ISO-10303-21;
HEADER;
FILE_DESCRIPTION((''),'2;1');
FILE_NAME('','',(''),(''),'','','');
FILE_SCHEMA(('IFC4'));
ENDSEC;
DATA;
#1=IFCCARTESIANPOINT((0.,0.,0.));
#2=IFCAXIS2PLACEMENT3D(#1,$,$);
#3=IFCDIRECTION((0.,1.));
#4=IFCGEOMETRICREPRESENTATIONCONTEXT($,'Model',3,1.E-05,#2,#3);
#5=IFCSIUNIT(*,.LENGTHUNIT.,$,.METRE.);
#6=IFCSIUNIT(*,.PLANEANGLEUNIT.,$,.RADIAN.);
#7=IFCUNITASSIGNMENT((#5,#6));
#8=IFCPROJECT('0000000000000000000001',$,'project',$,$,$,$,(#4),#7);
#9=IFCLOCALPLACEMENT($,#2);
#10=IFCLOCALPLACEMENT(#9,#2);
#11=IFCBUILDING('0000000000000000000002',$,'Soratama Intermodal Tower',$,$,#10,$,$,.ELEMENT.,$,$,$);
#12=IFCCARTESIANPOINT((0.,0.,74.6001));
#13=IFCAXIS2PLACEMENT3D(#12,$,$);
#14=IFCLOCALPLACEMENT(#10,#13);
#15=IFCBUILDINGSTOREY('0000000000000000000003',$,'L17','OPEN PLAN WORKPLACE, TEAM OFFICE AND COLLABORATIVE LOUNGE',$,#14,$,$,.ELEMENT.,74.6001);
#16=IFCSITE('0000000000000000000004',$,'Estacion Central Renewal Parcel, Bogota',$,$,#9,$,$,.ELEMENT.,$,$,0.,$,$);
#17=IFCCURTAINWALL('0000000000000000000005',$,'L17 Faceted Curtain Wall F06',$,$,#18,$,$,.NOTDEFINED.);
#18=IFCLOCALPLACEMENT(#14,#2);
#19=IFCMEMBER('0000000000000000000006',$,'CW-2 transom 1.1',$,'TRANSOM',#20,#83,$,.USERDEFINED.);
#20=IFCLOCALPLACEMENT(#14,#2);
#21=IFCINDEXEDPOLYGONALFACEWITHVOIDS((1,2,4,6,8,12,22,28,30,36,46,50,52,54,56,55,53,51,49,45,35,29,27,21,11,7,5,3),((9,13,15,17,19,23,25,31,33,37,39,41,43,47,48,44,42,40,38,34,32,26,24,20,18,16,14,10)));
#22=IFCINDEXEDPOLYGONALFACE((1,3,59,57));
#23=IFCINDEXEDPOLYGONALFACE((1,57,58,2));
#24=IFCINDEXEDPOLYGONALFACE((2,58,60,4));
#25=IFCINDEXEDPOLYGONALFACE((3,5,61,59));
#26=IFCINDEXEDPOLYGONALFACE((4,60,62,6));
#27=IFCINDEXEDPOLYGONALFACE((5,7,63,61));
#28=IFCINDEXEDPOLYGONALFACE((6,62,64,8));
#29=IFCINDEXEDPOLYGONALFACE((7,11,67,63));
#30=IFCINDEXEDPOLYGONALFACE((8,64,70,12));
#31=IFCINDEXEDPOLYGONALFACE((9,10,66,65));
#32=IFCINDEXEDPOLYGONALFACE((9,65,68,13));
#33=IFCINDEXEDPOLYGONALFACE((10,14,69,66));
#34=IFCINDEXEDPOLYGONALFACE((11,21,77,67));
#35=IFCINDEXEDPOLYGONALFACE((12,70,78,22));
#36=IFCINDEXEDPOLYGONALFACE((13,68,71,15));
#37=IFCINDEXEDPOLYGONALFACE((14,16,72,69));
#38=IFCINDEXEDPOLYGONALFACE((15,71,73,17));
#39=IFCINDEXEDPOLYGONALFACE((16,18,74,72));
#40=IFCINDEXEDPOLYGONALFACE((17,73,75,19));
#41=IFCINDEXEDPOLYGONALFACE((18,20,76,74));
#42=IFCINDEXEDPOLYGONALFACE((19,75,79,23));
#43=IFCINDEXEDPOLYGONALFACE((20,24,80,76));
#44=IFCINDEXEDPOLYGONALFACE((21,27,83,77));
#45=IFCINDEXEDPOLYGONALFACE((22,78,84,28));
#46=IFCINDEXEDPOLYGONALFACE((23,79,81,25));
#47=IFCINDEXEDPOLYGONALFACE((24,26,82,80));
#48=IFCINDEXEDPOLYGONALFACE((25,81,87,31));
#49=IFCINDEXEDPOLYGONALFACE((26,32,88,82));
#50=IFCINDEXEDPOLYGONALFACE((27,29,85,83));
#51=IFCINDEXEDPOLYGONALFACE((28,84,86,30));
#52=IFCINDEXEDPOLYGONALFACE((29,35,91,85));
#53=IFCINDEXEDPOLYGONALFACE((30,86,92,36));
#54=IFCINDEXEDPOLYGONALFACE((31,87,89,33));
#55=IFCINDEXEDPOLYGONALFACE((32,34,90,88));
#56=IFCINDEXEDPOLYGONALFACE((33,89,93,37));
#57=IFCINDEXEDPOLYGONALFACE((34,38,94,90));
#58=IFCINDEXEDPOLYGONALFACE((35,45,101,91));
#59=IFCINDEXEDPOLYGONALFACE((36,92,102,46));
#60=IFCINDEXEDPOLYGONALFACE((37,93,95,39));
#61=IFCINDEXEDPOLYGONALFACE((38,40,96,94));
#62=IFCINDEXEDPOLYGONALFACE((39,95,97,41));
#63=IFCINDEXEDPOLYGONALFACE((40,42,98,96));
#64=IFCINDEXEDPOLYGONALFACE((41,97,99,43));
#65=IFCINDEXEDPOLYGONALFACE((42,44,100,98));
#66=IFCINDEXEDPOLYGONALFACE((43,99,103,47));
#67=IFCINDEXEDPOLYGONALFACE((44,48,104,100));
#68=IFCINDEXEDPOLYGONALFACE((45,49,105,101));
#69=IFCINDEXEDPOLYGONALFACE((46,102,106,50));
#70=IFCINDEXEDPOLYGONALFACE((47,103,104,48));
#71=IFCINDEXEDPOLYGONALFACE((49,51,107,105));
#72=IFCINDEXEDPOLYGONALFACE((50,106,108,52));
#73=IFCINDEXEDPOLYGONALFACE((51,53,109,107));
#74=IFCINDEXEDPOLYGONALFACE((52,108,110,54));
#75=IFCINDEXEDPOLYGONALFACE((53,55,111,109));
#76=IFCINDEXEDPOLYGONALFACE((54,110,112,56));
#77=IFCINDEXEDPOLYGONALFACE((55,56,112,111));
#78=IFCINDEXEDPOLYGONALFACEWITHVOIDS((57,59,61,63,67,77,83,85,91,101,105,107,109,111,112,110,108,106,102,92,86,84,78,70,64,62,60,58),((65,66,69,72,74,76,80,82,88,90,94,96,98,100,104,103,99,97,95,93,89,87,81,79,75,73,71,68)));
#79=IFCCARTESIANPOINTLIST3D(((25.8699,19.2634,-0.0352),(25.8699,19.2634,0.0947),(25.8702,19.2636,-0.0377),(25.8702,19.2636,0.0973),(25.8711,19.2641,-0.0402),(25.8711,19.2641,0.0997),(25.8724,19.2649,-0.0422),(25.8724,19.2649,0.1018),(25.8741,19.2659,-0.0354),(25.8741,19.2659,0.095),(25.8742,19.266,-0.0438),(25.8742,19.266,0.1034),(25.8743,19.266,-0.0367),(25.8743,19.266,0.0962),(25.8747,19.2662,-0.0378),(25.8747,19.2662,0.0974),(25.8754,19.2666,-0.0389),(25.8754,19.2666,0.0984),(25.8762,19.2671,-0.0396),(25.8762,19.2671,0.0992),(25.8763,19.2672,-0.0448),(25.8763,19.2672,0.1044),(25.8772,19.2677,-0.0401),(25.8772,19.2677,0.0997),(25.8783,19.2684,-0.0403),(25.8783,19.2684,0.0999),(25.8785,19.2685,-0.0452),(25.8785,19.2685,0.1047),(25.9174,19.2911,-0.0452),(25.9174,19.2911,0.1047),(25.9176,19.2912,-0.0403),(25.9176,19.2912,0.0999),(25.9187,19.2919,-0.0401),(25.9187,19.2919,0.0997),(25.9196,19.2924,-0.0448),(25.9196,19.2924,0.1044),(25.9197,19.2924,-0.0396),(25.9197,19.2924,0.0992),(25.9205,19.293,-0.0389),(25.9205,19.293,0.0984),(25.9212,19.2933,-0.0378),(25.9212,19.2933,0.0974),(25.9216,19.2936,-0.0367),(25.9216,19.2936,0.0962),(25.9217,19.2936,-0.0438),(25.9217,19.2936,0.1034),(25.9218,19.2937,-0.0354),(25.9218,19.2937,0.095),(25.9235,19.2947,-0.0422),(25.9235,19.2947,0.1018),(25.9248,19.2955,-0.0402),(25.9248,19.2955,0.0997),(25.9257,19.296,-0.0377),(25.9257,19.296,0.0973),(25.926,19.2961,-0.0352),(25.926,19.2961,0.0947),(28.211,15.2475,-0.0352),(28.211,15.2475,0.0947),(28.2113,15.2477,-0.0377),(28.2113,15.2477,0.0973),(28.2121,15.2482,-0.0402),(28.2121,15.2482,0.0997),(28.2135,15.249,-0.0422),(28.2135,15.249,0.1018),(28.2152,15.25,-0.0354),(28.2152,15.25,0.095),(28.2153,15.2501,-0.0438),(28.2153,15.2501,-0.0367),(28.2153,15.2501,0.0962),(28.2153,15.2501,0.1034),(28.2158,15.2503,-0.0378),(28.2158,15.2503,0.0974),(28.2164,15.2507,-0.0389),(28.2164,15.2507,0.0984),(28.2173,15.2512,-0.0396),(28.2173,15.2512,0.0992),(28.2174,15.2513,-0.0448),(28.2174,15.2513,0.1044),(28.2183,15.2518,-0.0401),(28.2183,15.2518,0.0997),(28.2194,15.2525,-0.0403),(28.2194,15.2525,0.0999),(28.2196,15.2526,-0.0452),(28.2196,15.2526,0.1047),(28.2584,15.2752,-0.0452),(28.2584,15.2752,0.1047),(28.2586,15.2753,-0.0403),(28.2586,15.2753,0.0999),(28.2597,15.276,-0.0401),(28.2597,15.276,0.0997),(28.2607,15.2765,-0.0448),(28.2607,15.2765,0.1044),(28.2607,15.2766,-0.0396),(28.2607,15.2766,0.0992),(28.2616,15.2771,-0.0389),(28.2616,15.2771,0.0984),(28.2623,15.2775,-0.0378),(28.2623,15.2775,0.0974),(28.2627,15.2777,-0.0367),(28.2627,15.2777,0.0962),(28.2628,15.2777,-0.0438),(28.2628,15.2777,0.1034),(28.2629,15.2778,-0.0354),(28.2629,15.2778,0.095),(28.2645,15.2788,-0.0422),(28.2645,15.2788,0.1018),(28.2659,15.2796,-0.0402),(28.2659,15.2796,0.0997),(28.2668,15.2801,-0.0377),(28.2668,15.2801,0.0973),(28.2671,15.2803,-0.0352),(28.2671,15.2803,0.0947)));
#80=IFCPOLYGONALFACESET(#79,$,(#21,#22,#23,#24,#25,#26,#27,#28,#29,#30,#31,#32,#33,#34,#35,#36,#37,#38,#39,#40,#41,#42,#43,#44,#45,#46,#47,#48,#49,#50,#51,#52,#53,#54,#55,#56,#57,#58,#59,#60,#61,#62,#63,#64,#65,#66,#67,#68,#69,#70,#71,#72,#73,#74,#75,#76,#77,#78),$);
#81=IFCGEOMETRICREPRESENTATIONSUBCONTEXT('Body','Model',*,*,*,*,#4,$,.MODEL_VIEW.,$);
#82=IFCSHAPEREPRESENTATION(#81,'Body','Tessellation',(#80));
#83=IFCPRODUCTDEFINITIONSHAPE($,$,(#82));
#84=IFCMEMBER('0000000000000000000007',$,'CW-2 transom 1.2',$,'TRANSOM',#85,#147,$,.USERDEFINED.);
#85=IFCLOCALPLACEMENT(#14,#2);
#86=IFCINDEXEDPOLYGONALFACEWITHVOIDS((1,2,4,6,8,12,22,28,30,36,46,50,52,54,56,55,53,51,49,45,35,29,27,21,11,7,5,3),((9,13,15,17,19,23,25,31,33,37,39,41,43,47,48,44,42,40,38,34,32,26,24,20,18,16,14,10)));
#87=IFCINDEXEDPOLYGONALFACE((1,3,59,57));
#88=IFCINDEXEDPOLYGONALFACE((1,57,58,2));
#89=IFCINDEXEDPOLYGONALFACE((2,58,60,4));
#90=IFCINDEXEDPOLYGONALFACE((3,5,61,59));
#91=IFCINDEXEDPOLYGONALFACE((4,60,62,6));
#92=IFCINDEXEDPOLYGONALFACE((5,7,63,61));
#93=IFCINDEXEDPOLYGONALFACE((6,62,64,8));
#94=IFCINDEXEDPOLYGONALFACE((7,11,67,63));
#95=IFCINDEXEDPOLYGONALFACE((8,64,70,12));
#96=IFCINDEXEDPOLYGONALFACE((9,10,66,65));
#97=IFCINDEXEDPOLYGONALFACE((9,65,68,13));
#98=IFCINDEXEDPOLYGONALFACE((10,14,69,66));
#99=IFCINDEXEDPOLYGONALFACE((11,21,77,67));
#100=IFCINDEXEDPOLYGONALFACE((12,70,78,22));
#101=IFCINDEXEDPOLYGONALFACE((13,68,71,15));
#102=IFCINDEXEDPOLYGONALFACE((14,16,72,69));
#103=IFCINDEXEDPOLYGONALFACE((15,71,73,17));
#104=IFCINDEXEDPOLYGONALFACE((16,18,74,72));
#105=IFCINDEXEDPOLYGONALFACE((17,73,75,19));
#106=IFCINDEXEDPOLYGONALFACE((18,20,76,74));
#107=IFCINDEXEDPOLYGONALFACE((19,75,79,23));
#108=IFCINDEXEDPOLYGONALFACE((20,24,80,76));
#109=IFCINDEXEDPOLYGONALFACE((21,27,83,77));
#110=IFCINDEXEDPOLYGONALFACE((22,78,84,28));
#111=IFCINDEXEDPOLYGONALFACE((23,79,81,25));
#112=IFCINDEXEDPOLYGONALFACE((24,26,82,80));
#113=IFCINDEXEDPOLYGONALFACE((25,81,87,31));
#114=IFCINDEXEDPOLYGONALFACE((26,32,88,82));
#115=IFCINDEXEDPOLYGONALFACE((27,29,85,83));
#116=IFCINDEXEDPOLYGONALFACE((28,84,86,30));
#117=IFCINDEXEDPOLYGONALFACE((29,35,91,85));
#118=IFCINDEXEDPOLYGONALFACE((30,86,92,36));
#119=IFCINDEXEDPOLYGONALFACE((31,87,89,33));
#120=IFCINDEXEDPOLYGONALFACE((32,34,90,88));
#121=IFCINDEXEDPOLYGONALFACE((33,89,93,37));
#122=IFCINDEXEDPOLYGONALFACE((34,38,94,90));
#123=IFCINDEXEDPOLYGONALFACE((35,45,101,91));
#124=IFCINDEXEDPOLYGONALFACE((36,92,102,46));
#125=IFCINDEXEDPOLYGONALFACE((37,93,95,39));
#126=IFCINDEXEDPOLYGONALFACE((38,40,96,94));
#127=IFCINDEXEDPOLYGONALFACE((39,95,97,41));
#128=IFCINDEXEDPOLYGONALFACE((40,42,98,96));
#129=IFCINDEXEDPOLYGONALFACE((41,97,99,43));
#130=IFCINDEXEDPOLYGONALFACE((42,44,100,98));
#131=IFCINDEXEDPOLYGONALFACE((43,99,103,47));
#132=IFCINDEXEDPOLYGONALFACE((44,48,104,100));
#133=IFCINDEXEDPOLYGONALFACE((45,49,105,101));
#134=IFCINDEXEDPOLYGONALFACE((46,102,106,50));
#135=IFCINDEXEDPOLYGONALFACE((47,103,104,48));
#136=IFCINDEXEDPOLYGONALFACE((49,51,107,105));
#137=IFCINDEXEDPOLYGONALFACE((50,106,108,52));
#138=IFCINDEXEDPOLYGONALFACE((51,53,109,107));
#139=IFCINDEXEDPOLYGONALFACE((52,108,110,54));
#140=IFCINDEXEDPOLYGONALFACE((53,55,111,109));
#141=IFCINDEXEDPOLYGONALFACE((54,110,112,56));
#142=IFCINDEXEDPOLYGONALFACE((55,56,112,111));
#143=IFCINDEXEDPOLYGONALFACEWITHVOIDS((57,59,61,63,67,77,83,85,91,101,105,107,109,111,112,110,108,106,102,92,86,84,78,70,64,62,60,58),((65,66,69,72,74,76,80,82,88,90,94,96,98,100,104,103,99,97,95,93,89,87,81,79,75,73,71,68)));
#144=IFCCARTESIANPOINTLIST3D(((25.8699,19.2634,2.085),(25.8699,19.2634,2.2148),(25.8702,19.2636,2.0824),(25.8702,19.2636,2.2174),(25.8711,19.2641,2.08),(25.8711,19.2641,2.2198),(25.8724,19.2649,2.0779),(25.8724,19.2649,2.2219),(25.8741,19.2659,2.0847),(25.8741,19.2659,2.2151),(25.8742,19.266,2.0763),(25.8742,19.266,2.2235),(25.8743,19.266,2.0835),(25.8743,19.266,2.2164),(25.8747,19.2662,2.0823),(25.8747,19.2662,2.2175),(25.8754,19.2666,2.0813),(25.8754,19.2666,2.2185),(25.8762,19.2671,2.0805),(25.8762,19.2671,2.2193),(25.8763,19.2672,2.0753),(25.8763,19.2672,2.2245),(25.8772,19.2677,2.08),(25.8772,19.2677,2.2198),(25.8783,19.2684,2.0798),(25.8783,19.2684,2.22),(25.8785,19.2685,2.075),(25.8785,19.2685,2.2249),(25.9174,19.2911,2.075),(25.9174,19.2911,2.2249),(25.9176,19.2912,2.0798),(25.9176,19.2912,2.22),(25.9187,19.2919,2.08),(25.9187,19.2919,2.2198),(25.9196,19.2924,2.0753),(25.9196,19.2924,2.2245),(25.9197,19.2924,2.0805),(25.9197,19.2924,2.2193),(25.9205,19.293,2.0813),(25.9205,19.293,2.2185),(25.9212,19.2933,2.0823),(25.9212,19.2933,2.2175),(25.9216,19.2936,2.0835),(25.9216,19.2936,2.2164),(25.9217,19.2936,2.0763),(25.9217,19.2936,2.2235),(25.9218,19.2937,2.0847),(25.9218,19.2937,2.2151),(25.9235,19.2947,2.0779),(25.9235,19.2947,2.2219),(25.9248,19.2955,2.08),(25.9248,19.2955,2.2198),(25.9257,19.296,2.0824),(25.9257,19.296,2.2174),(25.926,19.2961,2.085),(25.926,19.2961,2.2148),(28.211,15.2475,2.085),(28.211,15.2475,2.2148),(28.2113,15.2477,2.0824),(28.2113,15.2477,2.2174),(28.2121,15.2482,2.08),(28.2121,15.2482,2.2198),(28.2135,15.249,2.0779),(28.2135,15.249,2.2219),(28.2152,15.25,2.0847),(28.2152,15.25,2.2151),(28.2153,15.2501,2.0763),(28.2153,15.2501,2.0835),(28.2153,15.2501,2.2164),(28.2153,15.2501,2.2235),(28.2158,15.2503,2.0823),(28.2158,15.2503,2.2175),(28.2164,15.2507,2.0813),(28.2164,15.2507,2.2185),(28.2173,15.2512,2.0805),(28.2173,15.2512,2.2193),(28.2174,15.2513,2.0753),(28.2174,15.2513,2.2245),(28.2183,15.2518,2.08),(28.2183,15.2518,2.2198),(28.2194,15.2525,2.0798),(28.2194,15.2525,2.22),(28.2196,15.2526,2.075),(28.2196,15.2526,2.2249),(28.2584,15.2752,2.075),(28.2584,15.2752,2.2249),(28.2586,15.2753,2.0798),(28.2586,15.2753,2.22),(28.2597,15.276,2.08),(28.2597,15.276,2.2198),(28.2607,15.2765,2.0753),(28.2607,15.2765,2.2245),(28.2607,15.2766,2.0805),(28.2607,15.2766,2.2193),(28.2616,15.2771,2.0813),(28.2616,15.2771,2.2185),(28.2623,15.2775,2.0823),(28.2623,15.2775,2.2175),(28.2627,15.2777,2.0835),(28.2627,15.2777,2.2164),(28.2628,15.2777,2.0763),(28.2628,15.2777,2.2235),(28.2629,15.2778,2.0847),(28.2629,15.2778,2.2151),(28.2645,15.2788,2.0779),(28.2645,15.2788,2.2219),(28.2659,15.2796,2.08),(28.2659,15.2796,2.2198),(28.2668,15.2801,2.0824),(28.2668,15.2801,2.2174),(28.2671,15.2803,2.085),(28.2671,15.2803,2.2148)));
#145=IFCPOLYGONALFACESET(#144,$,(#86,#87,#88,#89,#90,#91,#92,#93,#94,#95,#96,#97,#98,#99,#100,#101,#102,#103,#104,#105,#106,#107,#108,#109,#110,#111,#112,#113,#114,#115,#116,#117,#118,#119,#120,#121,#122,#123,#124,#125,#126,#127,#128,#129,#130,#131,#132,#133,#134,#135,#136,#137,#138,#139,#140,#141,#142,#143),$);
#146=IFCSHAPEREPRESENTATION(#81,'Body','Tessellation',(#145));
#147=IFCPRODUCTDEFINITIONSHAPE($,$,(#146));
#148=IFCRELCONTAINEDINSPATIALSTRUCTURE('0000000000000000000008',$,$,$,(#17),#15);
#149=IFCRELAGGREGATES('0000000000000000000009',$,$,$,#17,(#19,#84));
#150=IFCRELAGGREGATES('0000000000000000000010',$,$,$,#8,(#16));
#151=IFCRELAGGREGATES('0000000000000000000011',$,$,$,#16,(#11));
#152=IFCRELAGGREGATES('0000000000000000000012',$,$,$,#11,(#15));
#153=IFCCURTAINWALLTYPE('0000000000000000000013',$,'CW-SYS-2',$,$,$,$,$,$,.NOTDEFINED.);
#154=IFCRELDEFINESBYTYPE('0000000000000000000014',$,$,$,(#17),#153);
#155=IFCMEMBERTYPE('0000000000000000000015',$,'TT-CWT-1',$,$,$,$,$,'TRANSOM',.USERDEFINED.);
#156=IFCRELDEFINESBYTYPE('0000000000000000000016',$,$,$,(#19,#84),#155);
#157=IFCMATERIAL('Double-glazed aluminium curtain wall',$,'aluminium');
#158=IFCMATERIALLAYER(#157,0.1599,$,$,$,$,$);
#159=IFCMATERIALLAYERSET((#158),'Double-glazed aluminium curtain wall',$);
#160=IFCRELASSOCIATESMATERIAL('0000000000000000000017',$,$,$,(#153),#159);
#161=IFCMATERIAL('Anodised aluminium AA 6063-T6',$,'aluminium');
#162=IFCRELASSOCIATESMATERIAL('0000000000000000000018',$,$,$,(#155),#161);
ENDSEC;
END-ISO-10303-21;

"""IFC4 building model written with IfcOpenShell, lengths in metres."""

from ifc_helpers import new_model, si_unit, direction, frame, origin, origin_2d, place, context, subcontext, project, spatial, hollow_rectangle, extrude, material, layer, layer_set, material_profile, profile_set, type_object, element, aggregate, save


model = new_model("IFC4")

# Units and contexts
model_context = context("Model", 3, precision=1e-05, world=origin(), true_north=direction((0.0, 1.0)))
body_context = subcontext(model_context, "Body", "Model", "MODEL_VIEW")
ifc_project = project(units=[si_unit("LENGTHUNIT", "METRE"), si_unit("PLANEANGLEUNIT", "RADIAN")], contexts=[model_context])

# Site, building, storey
site_placement = place(None, origin())
site = spatial("IfcSite", under=ifc_project, at=site_placement, Name="Estacion Central Renewal Parcel, Bogota", CompositionType="ELEMENT", RefElevation=0.0)
building_placement = place(site_placement, origin())
building = spatial("IfcBuilding", under=site, at=building_placement, Name="Soratama Intermodal Tower", CompositionType="ELEMENT")
storey_placement = place(building_placement, frame((0.0, 0.0, 74.6001)))
storey = spatial("IfcBuildingStorey", under=building, at=storey_placement, Name="L17", Description="OPEN PLAN WORKPLACE, TEAM OFFICE AND COLLABORATIVE LOUNGE", CompositionType="ELEMENT", Elevation=74.6001)

# Curtain wall, members
ifc_material_1 = material(Name="Double-glazed aluminium curtain wall", Category="aluminium")
ifc_layer_1 = layer(ifc_material_1, 0.1599)
ifc_layer_set_1 = layer_set([ifc_layer_1], Name="Double-glazed aluminium curtain wall")
curtain_wall_type = type_object("IfcCurtainWallType", Name="CW-SYS-2", PredefinedType="NOTDEFINED", material=ifc_layer_set_1)
curtain_wall_placement = place(storey_placement, origin())
curtain_wall = element("IfcCurtainWall", 1, at=curtain_wall_placement, inside=storey, type_object=curtain_wall_type, Name="L17 Faceted Curtain Wall F06", PredefinedType="NOTDEFINED")
ifc_material_2 = material(Name="Anodised aluminium AA 6063-T6", Category="aluminium")
ifc_material_profile_1 = material_profile(ifc_material_2, hollow_rectangle(XDim=0.0649, YDim=0.1499, WallThickness=0.0049, InnerFilletRadius=0.0049, OuterFilletRadius=0.01, at=origin_2d()), Name="CWT150X65X5")
ifc_profile_set_1 = profile_set([ifc_material_profile_1], Name="Anodised aluminium AA 6063-T6")
member_type_1 = type_object("IfcMemberType", Name="TT-CWT-1", ElementType="TRANSOM", PredefinedType="USERDEFINED", material=ifc_profile_set_1)
member_1_placement = place(storey_placement, frame((25.8979, 19.2798, 0.0298), z_axis=(0.503626, -0.863922, 0.0), x_axis=(0.863922, 0.503626, 0.0)))
member_1 = element("IfcMember", 2, at=member_1_placement, type_object=member_type_1, Name="CW-2 transom 1.1", ObjectType="TRANSOM", PredefinedType="USERDEFINED", context=body_context, shape_type="SweptSolid", body=[
    extrude(hollow_rectangle(XDim=0.0649, YDim=0.1499, WallThickness=0.0049, InnerFilletRadius=0.0049, OuterFilletRadius=0.01, at=origin_2d()), origin(), (0.0, 0.0, 1.0), 4.6484),
])
member_2_placement = place(storey_placement, frame((25.8979, 19.2798, 2.1499), z_axis=(0.503626, -0.863922, 0.0), x_axis=(0.863922, 0.503626, 0.0)))
member_2 = element("IfcMember", 3, at=member_2_placement, type_object=member_type_1, Name="CW-2 transom 1.2", ObjectType="TRANSOM", PredefinedType="USERDEFINED", context=body_context, shape_type="SweptSolid", body=[
    extrude(hollow_rectangle(XDim=0.0649, YDim=0.1499, WallThickness=0.0049, InnerFilletRadius=0.0049, OuterFilletRadius=0.01, at=origin_2d()), origin(), (0.0, 0.0, 1.0), 4.6484),
])
aggregate(curtain_wall, [member_1, member_2])

save(model, "model.ifc")
